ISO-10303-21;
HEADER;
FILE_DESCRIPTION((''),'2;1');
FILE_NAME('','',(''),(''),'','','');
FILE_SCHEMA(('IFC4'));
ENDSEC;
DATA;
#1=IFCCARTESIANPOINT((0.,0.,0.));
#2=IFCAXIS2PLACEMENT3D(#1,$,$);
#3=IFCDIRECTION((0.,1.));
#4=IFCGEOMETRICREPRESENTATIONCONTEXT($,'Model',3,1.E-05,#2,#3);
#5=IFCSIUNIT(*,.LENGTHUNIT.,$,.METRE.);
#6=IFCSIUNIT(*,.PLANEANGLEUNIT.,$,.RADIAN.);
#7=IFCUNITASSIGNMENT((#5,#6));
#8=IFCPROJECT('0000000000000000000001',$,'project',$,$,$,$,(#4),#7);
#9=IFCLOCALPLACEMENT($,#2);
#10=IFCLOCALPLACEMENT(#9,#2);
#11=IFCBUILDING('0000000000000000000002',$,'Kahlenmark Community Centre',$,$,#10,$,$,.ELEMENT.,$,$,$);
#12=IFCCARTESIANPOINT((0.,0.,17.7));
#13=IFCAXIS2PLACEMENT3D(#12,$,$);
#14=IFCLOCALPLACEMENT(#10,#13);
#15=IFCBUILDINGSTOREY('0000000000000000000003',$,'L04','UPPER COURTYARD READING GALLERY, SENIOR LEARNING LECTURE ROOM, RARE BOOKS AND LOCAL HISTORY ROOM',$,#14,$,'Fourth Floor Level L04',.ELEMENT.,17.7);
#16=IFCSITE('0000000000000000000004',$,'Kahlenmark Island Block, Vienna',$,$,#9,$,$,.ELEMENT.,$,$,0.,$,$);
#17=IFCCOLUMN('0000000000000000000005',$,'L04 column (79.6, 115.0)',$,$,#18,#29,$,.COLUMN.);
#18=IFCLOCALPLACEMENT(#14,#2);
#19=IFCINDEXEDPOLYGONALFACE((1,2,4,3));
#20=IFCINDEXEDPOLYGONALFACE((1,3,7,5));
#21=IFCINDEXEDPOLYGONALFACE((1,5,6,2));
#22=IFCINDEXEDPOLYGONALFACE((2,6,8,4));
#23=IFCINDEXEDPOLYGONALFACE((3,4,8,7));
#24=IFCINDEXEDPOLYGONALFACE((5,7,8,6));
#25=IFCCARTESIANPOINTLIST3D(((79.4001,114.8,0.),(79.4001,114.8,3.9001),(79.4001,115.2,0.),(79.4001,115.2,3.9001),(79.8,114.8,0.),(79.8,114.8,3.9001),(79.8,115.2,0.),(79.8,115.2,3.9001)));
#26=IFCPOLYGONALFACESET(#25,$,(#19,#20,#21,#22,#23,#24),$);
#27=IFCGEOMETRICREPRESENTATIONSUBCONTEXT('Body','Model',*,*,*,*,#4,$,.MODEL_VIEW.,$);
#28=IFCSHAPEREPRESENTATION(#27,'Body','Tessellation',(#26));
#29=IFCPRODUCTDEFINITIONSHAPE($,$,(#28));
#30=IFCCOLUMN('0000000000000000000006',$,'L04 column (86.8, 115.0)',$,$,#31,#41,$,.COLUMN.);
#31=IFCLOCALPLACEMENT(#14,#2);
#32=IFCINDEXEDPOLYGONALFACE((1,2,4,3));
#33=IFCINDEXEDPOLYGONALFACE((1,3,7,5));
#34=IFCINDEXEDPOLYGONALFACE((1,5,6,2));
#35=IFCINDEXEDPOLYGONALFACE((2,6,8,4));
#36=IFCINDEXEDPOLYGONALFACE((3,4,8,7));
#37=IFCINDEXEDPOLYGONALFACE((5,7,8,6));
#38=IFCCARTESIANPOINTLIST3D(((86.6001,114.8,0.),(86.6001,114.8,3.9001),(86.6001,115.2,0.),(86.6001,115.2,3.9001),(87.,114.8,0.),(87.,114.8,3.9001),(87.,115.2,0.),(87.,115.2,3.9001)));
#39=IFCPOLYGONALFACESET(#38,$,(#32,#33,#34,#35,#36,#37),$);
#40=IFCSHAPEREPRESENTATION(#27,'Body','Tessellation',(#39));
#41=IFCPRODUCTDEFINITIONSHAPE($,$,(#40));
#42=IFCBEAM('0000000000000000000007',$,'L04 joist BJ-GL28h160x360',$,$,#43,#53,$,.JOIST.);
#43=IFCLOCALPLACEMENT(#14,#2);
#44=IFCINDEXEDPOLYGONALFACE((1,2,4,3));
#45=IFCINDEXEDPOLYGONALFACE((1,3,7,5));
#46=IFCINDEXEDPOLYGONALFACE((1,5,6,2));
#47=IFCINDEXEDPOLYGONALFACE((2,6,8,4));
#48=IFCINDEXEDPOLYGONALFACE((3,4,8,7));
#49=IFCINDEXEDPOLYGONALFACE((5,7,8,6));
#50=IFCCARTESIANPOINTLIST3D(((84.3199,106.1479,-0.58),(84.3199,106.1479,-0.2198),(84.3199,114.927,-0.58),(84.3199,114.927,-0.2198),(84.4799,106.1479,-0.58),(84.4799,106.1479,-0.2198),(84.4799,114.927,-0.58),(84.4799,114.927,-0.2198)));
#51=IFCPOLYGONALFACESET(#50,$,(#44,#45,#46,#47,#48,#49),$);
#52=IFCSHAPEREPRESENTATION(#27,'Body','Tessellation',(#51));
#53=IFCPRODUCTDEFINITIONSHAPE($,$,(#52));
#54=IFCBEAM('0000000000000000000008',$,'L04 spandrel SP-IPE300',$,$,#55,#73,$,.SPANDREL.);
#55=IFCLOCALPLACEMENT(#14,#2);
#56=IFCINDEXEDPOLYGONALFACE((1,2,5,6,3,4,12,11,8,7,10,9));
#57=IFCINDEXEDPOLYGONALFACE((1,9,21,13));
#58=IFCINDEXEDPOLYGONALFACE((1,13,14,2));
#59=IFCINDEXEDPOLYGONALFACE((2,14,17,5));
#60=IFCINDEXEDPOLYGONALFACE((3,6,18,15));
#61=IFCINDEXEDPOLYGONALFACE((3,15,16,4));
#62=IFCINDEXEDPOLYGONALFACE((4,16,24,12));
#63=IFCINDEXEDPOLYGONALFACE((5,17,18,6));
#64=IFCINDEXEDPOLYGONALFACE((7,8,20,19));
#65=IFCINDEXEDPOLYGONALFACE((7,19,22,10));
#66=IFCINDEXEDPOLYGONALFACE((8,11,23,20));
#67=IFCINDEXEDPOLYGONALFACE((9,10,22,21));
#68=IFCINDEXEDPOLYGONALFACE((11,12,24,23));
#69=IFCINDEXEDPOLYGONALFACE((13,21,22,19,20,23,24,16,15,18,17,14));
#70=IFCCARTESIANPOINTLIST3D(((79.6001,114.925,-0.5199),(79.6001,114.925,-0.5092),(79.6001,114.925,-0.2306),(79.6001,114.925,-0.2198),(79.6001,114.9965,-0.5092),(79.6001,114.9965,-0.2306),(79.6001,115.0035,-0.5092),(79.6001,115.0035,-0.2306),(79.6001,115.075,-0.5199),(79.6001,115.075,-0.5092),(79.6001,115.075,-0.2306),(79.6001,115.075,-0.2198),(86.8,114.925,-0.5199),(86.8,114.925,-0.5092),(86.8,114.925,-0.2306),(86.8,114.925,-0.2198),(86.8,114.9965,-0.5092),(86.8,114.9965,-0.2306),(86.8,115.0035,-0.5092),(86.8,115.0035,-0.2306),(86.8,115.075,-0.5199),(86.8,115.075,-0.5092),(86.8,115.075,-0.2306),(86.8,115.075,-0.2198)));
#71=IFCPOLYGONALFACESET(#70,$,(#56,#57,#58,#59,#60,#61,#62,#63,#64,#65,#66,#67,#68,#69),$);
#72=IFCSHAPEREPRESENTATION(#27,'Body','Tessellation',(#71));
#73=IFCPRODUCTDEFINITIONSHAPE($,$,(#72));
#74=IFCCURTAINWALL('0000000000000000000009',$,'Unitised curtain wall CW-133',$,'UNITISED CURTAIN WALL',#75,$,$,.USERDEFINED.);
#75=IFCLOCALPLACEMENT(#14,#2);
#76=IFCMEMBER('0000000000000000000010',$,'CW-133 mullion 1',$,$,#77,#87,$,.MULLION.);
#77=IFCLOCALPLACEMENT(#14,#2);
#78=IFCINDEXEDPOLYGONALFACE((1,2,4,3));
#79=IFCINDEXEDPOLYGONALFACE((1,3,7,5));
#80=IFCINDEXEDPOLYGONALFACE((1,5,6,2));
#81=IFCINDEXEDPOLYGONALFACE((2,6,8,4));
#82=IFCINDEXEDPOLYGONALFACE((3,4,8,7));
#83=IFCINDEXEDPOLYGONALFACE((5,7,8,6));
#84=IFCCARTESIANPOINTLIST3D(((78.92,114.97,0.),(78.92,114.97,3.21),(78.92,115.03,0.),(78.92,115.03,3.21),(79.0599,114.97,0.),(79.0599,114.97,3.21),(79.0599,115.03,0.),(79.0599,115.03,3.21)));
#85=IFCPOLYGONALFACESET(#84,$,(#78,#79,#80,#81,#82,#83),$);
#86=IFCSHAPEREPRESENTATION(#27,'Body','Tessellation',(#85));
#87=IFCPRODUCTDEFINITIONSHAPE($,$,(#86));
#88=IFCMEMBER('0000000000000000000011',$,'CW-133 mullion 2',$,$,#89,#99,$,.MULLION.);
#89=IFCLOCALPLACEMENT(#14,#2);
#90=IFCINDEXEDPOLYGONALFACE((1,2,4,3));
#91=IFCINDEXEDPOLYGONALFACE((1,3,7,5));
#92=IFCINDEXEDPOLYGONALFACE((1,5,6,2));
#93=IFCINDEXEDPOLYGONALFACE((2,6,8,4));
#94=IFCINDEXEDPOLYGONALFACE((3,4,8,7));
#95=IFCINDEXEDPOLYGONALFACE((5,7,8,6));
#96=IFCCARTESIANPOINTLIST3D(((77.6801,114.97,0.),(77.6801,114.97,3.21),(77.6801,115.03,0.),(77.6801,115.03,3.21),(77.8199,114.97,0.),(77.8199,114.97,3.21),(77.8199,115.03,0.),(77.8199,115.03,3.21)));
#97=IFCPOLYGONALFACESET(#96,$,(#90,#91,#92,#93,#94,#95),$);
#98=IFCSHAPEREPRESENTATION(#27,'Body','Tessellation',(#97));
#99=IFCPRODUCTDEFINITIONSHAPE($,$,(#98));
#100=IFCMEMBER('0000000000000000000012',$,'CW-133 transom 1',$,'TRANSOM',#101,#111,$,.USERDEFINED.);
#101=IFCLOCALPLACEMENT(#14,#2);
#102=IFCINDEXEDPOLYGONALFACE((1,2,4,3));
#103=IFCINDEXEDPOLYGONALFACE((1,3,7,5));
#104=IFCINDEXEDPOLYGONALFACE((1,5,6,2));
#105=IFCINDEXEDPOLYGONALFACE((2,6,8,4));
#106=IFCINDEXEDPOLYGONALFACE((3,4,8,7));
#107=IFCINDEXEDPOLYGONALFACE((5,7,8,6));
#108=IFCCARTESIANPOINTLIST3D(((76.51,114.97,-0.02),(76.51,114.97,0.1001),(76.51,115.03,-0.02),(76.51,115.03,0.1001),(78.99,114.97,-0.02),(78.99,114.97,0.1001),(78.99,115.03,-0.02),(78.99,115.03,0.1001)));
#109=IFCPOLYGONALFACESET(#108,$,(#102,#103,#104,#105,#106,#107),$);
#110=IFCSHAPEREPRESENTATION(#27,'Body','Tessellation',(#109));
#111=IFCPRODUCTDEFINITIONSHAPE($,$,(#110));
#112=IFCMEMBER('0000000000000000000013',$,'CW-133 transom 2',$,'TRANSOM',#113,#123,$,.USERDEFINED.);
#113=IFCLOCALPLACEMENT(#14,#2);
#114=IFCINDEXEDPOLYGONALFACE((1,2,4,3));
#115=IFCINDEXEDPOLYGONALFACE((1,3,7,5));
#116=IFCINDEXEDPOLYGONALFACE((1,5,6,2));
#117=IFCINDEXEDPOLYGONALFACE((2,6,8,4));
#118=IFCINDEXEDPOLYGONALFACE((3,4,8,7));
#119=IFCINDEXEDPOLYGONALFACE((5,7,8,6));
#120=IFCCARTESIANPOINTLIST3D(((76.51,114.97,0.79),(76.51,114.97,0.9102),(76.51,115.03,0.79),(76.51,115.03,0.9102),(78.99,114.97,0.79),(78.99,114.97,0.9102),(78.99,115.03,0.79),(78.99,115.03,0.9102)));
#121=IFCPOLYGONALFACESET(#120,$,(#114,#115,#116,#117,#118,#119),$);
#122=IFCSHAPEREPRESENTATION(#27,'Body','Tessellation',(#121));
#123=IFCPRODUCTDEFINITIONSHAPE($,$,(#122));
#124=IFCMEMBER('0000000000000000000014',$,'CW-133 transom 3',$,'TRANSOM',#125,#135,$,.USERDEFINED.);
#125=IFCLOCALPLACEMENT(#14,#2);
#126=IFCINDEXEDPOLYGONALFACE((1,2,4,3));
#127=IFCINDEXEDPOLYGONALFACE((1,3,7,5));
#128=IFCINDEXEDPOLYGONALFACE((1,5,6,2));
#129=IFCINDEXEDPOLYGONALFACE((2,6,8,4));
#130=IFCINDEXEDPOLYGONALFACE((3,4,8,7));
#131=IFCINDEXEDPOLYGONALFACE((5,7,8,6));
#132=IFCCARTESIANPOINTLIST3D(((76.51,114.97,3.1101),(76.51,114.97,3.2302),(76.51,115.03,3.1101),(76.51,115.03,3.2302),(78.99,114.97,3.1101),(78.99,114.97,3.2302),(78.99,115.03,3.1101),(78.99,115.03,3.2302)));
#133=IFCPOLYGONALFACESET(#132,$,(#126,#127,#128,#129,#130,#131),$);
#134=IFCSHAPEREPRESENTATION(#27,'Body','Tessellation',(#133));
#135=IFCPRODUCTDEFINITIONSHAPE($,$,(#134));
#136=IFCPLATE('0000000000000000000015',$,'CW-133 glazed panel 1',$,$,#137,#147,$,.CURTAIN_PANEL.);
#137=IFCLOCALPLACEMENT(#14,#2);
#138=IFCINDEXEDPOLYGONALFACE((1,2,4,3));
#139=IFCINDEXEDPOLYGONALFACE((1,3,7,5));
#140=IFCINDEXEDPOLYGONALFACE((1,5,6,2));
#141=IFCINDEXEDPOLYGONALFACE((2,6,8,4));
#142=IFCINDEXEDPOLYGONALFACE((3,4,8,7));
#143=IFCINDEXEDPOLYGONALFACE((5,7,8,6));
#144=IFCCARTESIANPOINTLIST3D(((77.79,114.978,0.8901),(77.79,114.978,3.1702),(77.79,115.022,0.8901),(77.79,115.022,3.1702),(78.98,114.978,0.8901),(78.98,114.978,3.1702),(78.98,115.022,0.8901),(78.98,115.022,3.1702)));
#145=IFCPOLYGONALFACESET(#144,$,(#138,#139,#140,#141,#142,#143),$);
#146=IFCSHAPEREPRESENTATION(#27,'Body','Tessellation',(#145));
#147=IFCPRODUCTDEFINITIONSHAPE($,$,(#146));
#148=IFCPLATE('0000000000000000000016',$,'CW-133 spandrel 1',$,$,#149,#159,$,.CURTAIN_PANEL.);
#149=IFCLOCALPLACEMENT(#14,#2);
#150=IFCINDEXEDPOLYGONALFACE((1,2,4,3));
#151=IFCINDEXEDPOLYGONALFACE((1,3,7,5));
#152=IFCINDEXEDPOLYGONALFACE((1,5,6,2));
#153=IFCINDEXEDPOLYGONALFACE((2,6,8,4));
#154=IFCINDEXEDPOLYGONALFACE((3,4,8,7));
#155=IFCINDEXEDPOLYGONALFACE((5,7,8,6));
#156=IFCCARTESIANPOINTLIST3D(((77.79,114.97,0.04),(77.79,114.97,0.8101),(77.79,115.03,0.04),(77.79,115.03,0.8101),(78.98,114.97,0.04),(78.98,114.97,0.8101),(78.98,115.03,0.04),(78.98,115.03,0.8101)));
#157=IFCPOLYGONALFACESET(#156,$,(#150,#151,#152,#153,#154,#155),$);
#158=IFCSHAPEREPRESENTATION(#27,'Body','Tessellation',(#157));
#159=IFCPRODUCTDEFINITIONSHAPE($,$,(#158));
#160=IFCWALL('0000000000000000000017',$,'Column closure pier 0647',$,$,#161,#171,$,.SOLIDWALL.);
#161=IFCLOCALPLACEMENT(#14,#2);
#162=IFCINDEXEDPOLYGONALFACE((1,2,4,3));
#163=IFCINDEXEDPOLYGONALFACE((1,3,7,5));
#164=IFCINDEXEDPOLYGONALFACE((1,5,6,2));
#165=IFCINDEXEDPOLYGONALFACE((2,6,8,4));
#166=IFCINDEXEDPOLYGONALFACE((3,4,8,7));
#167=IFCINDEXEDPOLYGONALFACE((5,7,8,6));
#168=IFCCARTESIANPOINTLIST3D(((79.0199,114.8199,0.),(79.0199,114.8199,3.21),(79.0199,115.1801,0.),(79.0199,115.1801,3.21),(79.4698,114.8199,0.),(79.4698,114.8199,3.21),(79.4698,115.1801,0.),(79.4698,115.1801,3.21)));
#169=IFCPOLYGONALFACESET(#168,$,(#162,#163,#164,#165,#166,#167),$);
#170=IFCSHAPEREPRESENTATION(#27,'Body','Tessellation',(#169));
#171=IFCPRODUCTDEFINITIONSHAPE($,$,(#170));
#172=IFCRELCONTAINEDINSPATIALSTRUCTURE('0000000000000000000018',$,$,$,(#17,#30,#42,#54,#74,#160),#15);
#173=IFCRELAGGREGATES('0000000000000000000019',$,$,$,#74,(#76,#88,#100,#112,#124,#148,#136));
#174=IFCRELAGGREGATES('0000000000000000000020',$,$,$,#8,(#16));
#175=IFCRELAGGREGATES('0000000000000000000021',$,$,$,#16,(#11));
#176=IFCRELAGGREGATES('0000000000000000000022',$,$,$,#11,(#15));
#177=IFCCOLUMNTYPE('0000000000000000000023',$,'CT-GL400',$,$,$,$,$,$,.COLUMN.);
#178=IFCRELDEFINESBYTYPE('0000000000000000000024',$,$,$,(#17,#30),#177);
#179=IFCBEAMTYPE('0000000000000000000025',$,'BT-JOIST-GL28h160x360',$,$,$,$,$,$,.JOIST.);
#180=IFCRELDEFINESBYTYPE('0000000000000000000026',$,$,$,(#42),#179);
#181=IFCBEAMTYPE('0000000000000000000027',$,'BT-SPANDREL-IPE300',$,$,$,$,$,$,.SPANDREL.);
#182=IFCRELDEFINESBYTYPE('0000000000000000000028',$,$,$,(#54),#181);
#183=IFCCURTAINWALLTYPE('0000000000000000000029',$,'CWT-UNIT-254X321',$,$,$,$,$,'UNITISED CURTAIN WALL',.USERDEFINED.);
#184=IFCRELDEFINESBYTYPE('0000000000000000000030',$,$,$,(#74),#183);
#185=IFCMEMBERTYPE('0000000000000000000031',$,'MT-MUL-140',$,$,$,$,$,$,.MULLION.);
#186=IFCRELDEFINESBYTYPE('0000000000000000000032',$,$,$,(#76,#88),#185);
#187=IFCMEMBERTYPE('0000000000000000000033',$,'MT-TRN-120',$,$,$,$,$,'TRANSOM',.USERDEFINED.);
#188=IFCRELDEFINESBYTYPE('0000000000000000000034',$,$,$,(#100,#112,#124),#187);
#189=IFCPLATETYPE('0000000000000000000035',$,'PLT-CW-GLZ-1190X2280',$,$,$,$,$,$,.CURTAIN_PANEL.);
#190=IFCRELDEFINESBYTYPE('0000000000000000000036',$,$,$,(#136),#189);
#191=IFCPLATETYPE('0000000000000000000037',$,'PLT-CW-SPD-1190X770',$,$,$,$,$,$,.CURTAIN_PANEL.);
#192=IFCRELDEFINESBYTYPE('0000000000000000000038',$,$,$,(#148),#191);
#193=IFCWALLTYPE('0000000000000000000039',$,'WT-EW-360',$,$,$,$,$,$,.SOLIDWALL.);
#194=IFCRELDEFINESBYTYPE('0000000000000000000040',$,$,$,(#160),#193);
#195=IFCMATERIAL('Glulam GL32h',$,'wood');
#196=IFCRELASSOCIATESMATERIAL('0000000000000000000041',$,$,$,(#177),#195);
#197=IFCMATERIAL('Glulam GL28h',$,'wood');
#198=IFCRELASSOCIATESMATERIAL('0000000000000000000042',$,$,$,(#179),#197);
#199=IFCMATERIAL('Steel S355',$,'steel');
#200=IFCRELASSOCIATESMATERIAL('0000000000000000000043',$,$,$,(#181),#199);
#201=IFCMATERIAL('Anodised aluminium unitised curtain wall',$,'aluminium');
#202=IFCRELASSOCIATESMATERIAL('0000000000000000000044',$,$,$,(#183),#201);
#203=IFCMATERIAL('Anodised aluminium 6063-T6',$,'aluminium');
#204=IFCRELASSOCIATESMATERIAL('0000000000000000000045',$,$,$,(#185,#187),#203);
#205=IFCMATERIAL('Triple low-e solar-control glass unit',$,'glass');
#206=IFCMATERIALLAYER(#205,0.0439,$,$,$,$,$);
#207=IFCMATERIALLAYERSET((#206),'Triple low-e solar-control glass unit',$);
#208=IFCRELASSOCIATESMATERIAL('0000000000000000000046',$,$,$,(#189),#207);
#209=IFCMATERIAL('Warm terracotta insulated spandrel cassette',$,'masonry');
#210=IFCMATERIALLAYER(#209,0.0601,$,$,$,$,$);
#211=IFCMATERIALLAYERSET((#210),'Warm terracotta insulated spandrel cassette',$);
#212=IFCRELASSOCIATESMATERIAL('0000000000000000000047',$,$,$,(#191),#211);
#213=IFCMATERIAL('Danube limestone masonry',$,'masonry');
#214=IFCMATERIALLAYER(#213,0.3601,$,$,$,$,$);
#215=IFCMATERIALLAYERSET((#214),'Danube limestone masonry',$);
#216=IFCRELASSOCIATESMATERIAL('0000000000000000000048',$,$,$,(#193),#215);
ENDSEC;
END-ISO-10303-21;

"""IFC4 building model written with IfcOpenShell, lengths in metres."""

from ifc_helpers import new_model, si_unit, direction, frame, frame_2d, origin, origin_2d, place, context, subcontext, project, spatial, rectangle, i_section, extrude, material, layer, layer_set, material_profile, profile_set, type_object, element, aggregate, save


model = new_model("IFC4")

# Units and contexts
model_context = context("Model", 3, precision=1e-05, world=origin(), true_north=direction((0.0, 1.0)))
body_context = subcontext(model_context, "Body", "Model", "MODEL_VIEW")
ifc_project = project(units=[si_unit("LENGTHUNIT", "METRE"), si_unit("PLANEANGLEUNIT", "RADIAN")], contexts=[model_context])

# Site, building, storey
site_placement = place(None, origin())
site = spatial("IfcSite", under=ifc_project, at=site_placement, Name="Kahlenmark Island Block, Vienna", CompositionType="ELEMENT", RefElevation=0.0)
building_placement = place(site_placement, origin())
building = spatial("IfcBuilding", under=site, at=building_placement, Name="Kahlenmark Community Centre", CompositionType="ELEMENT")
storey_placement = place(building_placement, frame((0.0, 0.0, 17.7)))
storey = spatial("IfcBuildingStorey", under=building, at=storey_placement, Name="L04", Description="UPPER COURTYARD READING GALLERY, SENIOR LEARNING LECTURE ROOM, RARE BOOKS AND LOCAL HISTORY ROOM", LongName="Fourth Floor Level L04", CompositionType="ELEMENT", Elevation=17.7)

# Columns
ifc_material_1 = material(Name="Glulam GL32h", Category="wood")
ifc_material_profile_1 = material_profile(ifc_material_1, rectangle(XDim=0.3999, YDim=0.3999, at=origin_2d()), Name="GL32h 400x400")
ifc_profile_set_1 = profile_set([ifc_material_profile_1], Name="Glulam GL32h")
column_type = type_object("IfcColumnType", Name="CT-GL400", PredefinedType="COLUMN", material=ifc_profile_set_1)
for number, where, z_axis, x_axis, name in (
    (1, (79.6001, 115.0, 0.0), (0.0, 0.0, 1.0), (1.0, 0.0, 0.0), "L04 column (79.6, 115.0)"),
    (2, (86.8, 115.0, 0.0), (0.0, 0.0, 1.0), (1.0, 0.0, 0.0), "L04 column (86.8, 115.0)"),
):
    element("IfcColumn", number, at=place(storey_placement, frame(where, z_axis=z_axis, x_axis=x_axis)), inside=storey, type_object=column_type, Name=name, PredefinedType="COLUMN", context=body_context, shape_type="SweptSolid", body=[
        extrude(rectangle(XDim=0.3999, YDim=0.3999, at=origin_2d()), origin(), (0.0, 0.0, 1.0), 3.9001),
    ])

# Beams
ifc_material_2 = material(Name="Glulam GL28h", Category="wood")
ifc_material_profile_2 = material_profile(ifc_material_2, rectangle(XDim=0.1599, YDim=0.3601, at=origin_2d()), Name="GL28h 160x360")
ifc_profile_set_2 = profile_set([ifc_material_profile_2], Name="Glulam GL28h")
beam_type_1 = type_object("IfcBeamType", Name="BT-JOIST-GL28h160x360", PredefinedType="JOIST", material=ifc_profile_set_2)
beam_1_placement = place(storey_placement, frame((84.3999, 106.1479, -0.3999), z_axis=(0.0, 1.0, 0.0), x_axis=(-1.0, 0.0, 0.0)))
element("IfcBeam", 3, at=beam_1_placement, inside=storey, type_object=beam_type_1, Name="L04 joist BJ-GL28h160x360", PredefinedType="JOIST", context=body_context, shape_type="SweptSolid", body=[
    extrude(rectangle(XDim=0.1599, YDim=0.3601, at=origin_2d()), origin(), (0.0, 0.0, 1.0), 8.7791),
])
ifc_material_3 = material(Name="Steel S355", Category="steel")
ifc_material_profile_3 = material_profile(ifc_material_3, i_section(OverallWidth=0.1499, OverallDepth=0.3, WebThickness=0.0071, FlangeThickness=0.0107, at=origin_2d()), Name="IPE 300")
ifc_profile_set_3 = profile_set([ifc_material_profile_3], Name="Steel S355")
beam_type_2 = type_object("IfcBeamType", Name="BT-SPANDREL-IPE300", PredefinedType="SPANDREL", material=ifc_profile_set_3)
beam_2_placement = place(storey_placement, frame((79.6001, 115.0, -0.3699), z_axis=(1.0, 0.0, 0.0), x_axis=(0.0, 1.0, 0.0)))
element("IfcBeam", 4, at=beam_2_placement, inside=storey, type_object=beam_type_2, Name="L04 spandrel SP-IPE300", PredefinedType="SPANDREL", context=body_context, shape_type="SweptSolid", body=[
    extrude(i_section(OverallWidth=0.1499, OverallDepth=0.3, WebThickness=0.0071, FlangeThickness=0.0107, at=origin_2d()), origin(), (0.0, 0.0, 1.0), 7.2),
])

# Curtain wall, members, plates
ifc_material_4 = material(Name="Anodised aluminium unitised curtain wall", Category="aluminium")
curtain_wall_type = type_object("IfcCurtainWallType", Name="CWT-UNIT-254X321", ElementType="UNITISED CURTAIN WALL", PredefinedType="USERDEFINED", material=ifc_material_4)
curtain_wall_placement = place(storey_placement, origin())
curtain_wall = element("IfcCurtainWall", 5, at=curtain_wall_placement, inside=storey, type_object=curtain_wall_type, Name="Unitised curtain wall CW-133", ObjectType="UNITISED CURTAIN WALL", PredefinedType="USERDEFINED")
ifc_material_5 = material(Name="Anodised aluminium 6063-T6", Category="aluminium")
ifc_material_profile_4 = material_profile(ifc_material_5, rectangle(XDim=0.0601, YDim=0.1399, at=origin_2d()), Name="ALU MULLION 60x140")
ifc_profile_set_4 = profile_set([ifc_material_profile_4], Name="Anodised aluminium 6063-T6")
member_type_1 = type_object("IfcMemberType", Name="MT-MUL-140", PredefinedType="MULLION", material=ifc_profile_set_4)
member_1_placement = place(storey_placement, frame((78.99, 115.0, 0.0), z_axis=(0.0, 0.0, 1.0), x_axis=(0.0, -1.0, 0.0)))
member_1 = element("IfcMember", 6, at=member_1_placement, type_object=member_type_1, Name="CW-133 mullion 1", PredefinedType="MULLION", context=body_context, shape_type="SweptSolid", body=[
    extrude(rectangle(XDim=0.0601, YDim=0.1399, at=origin_2d()), origin(), (0.0, 0.0, 1.0), 3.21),
])
member_2_placement = place(storey_placement, frame((77.75, 115.0, 0.0), z_axis=(0.0, 0.0, 1.0), x_axis=(0.0, -1.0, 0.0)))
member_2 = element("IfcMember", 7, at=member_2_placement, type_object=member_type_1, Name="CW-133 mullion 2", PredefinedType="MULLION", context=body_context, shape_type="SweptSolid", body=[
    extrude(rectangle(XDim=0.0601, YDim=0.1399, at=origin_2d()), origin(), (0.0, 0.0, 1.0), 3.21),
])
ifc_material_profile_5 = material_profile(ifc_material_5, rectangle(XDim=0.0601, YDim=0.1201, at=origin_2d()), Name="ALU TRANSOM 60x120")
ifc_profile_set_5 = profile_set([ifc_material_profile_5], Name="Anodised aluminium 6063-T6")
member_type_2 = type_object("IfcMemberType", Name="MT-TRN-120", ElementType="TRANSOM", PredefinedType="USERDEFINED", material=ifc_profile_set_5)
member_3_placement = place(storey_placement, frame((78.99, 115.0, 0.04), z_axis=(-1.0, 0.0, 0.0), x_axis=(0.0, -1.0, 0.0)))
member_3 = element("IfcMember", 8, at=member_3_placement, type_object=member_type_2, Name="CW-133 transom 1", ObjectType="TRANSOM", PredefinedType="USERDEFINED", context=body_context, shape_type="SweptSolid", body=[
    extrude(rectangle(XDim=0.0601, YDim=0.1201, at=origin_2d()), origin(), (0.0, 0.0, 1.0), 2.48),
])
member_4_placement = place(storey_placement, frame((78.99, 115.0, 0.8501), z_axis=(-1.0, 0.0, 0.0), x_axis=(0.0, -1.0, 0.0)))
member_4 = element("IfcMember", 9, at=member_4_placement, type_object=member_type_2, Name="CW-133 transom 2", ObjectType="TRANSOM", PredefinedType="USERDEFINED", context=body_context, shape_type="SweptSolid", body=[
    extrude(rectangle(XDim=0.0601, YDim=0.1201, at=origin_2d()), origin(), (0.0, 0.0, 1.0), 2.48),
])
member_5_placement = place(storey_placement, frame((78.99, 115.0, 3.1702), z_axis=(-1.0, 0.0, 0.0), x_axis=(0.0, -1.0, 0.0)))
member_5 = element("IfcMember", 10, at=member_5_placement, type_object=member_type_2, Name="CW-133 transom 3", ObjectType="TRANSOM", PredefinedType="USERDEFINED", context=body_context, shape_type="SweptSolid", body=[
    extrude(rectangle(XDim=0.0601, YDim=0.1201, at=origin_2d()), origin(), (0.0, 0.0, 1.0), 2.48),
])
ifc_material_6 = material(Name="Triple low-e solar-control glass unit", Category="glass")
ifc_layer_1 = layer(ifc_material_6, 0.0439)
ifc_layer_set_1 = layer_set([ifc_layer_1], Name="Triple low-e solar-control glass unit")
plate_type_1 = type_object("IfcPlateType", Name="PLT-CW-GLZ-1190X2280", PredefinedType="CURTAIN_PANEL", material=ifc_layer_set_1)
plate_1_placement = place(storey_placement, frame((78.385, 115.0, 0.8901), z_axis=(0.0, 0.0, 1.0), x_axis=(-1.0, 0.0, 0.0)))
plate_1 = element("IfcPlate", 11, at=plate_1_placement, type_object=plate_type_1, Name="CW-133 glazed panel 1", PredefinedType="CURTAIN_PANEL", context=body_context, shape_type="SweptSolid", body=[
    extrude(rectangle(XDim=1.1899, YDim=0.0439, at=origin_2d()), origin(), (0.0, 0.0, 1.0), 2.28),
])
ifc_material_7 = material(Name="Warm terracotta insulated spandrel cassette", Category="masonry")
ifc_layer_2 = layer(ifc_material_7, 0.0601)
ifc_layer_set_2 = layer_set([ifc_layer_2], Name="Warm terracotta insulated spandrel cassette")
plate_type_2 = type_object("IfcPlateType", Name="PLT-CW-SPD-1190X770", PredefinedType="CURTAIN_PANEL", material=ifc_layer_set_2)
plate_2_placement = place(storey_placement, frame((78.385, 115.0, 0.04), z_axis=(0.0, 0.0, 1.0), x_axis=(-1.0, 0.0, 0.0)))
plate_2 = element("IfcPlate", 12, at=plate_2_placement, type_object=plate_type_2, Name="CW-133 spandrel 1", PredefinedType="CURTAIN_PANEL", context=body_context, shape_type="SweptSolid", body=[
    extrude(rectangle(XDim=1.1899, YDim=0.0601, at=origin_2d()), origin(), (0.0, 0.0, 1.0), 0.77),
])
aggregate(curtain_wall, [member_1, member_2, member_3, member_4, member_5, plate_2, plate_1])

# Wall
ifc_material_8 = material(Name="Danube limestone masonry", Category="masonry")
ifc_layer_3 = layer(ifc_material_8, 0.3601)
ifc_layer_set_3 = layer_set([ifc_layer_3], Name="Danube limestone masonry")
wall_type_1 = type_object("IfcWallType", Name="WT-EW-360", PredefinedType="SOLIDWALL", material=ifc_layer_set_3)
wall_1_placement = place(storey_placement, frame((79.47, 115.0, 0.0), z_axis=(0.0, 0.0, 1.0), x_axis=(-1.0, 0.0, 0.0)))
element("IfcWall", 13, at=wall_1_placement, inside=storey, type_object=wall_type_1, Name="Column closure pier 0647", PredefinedType="SOLIDWALL", context=body_context, shape_type="SweptSolid", body=[
    extrude(rectangle(XDim=0.45, YDim=0.3601, at=frame_2d((0.2251, 0.0))), origin(), (0.0, 0.0, 1.0), 3.21),
])

save(model, "model.ifc")
